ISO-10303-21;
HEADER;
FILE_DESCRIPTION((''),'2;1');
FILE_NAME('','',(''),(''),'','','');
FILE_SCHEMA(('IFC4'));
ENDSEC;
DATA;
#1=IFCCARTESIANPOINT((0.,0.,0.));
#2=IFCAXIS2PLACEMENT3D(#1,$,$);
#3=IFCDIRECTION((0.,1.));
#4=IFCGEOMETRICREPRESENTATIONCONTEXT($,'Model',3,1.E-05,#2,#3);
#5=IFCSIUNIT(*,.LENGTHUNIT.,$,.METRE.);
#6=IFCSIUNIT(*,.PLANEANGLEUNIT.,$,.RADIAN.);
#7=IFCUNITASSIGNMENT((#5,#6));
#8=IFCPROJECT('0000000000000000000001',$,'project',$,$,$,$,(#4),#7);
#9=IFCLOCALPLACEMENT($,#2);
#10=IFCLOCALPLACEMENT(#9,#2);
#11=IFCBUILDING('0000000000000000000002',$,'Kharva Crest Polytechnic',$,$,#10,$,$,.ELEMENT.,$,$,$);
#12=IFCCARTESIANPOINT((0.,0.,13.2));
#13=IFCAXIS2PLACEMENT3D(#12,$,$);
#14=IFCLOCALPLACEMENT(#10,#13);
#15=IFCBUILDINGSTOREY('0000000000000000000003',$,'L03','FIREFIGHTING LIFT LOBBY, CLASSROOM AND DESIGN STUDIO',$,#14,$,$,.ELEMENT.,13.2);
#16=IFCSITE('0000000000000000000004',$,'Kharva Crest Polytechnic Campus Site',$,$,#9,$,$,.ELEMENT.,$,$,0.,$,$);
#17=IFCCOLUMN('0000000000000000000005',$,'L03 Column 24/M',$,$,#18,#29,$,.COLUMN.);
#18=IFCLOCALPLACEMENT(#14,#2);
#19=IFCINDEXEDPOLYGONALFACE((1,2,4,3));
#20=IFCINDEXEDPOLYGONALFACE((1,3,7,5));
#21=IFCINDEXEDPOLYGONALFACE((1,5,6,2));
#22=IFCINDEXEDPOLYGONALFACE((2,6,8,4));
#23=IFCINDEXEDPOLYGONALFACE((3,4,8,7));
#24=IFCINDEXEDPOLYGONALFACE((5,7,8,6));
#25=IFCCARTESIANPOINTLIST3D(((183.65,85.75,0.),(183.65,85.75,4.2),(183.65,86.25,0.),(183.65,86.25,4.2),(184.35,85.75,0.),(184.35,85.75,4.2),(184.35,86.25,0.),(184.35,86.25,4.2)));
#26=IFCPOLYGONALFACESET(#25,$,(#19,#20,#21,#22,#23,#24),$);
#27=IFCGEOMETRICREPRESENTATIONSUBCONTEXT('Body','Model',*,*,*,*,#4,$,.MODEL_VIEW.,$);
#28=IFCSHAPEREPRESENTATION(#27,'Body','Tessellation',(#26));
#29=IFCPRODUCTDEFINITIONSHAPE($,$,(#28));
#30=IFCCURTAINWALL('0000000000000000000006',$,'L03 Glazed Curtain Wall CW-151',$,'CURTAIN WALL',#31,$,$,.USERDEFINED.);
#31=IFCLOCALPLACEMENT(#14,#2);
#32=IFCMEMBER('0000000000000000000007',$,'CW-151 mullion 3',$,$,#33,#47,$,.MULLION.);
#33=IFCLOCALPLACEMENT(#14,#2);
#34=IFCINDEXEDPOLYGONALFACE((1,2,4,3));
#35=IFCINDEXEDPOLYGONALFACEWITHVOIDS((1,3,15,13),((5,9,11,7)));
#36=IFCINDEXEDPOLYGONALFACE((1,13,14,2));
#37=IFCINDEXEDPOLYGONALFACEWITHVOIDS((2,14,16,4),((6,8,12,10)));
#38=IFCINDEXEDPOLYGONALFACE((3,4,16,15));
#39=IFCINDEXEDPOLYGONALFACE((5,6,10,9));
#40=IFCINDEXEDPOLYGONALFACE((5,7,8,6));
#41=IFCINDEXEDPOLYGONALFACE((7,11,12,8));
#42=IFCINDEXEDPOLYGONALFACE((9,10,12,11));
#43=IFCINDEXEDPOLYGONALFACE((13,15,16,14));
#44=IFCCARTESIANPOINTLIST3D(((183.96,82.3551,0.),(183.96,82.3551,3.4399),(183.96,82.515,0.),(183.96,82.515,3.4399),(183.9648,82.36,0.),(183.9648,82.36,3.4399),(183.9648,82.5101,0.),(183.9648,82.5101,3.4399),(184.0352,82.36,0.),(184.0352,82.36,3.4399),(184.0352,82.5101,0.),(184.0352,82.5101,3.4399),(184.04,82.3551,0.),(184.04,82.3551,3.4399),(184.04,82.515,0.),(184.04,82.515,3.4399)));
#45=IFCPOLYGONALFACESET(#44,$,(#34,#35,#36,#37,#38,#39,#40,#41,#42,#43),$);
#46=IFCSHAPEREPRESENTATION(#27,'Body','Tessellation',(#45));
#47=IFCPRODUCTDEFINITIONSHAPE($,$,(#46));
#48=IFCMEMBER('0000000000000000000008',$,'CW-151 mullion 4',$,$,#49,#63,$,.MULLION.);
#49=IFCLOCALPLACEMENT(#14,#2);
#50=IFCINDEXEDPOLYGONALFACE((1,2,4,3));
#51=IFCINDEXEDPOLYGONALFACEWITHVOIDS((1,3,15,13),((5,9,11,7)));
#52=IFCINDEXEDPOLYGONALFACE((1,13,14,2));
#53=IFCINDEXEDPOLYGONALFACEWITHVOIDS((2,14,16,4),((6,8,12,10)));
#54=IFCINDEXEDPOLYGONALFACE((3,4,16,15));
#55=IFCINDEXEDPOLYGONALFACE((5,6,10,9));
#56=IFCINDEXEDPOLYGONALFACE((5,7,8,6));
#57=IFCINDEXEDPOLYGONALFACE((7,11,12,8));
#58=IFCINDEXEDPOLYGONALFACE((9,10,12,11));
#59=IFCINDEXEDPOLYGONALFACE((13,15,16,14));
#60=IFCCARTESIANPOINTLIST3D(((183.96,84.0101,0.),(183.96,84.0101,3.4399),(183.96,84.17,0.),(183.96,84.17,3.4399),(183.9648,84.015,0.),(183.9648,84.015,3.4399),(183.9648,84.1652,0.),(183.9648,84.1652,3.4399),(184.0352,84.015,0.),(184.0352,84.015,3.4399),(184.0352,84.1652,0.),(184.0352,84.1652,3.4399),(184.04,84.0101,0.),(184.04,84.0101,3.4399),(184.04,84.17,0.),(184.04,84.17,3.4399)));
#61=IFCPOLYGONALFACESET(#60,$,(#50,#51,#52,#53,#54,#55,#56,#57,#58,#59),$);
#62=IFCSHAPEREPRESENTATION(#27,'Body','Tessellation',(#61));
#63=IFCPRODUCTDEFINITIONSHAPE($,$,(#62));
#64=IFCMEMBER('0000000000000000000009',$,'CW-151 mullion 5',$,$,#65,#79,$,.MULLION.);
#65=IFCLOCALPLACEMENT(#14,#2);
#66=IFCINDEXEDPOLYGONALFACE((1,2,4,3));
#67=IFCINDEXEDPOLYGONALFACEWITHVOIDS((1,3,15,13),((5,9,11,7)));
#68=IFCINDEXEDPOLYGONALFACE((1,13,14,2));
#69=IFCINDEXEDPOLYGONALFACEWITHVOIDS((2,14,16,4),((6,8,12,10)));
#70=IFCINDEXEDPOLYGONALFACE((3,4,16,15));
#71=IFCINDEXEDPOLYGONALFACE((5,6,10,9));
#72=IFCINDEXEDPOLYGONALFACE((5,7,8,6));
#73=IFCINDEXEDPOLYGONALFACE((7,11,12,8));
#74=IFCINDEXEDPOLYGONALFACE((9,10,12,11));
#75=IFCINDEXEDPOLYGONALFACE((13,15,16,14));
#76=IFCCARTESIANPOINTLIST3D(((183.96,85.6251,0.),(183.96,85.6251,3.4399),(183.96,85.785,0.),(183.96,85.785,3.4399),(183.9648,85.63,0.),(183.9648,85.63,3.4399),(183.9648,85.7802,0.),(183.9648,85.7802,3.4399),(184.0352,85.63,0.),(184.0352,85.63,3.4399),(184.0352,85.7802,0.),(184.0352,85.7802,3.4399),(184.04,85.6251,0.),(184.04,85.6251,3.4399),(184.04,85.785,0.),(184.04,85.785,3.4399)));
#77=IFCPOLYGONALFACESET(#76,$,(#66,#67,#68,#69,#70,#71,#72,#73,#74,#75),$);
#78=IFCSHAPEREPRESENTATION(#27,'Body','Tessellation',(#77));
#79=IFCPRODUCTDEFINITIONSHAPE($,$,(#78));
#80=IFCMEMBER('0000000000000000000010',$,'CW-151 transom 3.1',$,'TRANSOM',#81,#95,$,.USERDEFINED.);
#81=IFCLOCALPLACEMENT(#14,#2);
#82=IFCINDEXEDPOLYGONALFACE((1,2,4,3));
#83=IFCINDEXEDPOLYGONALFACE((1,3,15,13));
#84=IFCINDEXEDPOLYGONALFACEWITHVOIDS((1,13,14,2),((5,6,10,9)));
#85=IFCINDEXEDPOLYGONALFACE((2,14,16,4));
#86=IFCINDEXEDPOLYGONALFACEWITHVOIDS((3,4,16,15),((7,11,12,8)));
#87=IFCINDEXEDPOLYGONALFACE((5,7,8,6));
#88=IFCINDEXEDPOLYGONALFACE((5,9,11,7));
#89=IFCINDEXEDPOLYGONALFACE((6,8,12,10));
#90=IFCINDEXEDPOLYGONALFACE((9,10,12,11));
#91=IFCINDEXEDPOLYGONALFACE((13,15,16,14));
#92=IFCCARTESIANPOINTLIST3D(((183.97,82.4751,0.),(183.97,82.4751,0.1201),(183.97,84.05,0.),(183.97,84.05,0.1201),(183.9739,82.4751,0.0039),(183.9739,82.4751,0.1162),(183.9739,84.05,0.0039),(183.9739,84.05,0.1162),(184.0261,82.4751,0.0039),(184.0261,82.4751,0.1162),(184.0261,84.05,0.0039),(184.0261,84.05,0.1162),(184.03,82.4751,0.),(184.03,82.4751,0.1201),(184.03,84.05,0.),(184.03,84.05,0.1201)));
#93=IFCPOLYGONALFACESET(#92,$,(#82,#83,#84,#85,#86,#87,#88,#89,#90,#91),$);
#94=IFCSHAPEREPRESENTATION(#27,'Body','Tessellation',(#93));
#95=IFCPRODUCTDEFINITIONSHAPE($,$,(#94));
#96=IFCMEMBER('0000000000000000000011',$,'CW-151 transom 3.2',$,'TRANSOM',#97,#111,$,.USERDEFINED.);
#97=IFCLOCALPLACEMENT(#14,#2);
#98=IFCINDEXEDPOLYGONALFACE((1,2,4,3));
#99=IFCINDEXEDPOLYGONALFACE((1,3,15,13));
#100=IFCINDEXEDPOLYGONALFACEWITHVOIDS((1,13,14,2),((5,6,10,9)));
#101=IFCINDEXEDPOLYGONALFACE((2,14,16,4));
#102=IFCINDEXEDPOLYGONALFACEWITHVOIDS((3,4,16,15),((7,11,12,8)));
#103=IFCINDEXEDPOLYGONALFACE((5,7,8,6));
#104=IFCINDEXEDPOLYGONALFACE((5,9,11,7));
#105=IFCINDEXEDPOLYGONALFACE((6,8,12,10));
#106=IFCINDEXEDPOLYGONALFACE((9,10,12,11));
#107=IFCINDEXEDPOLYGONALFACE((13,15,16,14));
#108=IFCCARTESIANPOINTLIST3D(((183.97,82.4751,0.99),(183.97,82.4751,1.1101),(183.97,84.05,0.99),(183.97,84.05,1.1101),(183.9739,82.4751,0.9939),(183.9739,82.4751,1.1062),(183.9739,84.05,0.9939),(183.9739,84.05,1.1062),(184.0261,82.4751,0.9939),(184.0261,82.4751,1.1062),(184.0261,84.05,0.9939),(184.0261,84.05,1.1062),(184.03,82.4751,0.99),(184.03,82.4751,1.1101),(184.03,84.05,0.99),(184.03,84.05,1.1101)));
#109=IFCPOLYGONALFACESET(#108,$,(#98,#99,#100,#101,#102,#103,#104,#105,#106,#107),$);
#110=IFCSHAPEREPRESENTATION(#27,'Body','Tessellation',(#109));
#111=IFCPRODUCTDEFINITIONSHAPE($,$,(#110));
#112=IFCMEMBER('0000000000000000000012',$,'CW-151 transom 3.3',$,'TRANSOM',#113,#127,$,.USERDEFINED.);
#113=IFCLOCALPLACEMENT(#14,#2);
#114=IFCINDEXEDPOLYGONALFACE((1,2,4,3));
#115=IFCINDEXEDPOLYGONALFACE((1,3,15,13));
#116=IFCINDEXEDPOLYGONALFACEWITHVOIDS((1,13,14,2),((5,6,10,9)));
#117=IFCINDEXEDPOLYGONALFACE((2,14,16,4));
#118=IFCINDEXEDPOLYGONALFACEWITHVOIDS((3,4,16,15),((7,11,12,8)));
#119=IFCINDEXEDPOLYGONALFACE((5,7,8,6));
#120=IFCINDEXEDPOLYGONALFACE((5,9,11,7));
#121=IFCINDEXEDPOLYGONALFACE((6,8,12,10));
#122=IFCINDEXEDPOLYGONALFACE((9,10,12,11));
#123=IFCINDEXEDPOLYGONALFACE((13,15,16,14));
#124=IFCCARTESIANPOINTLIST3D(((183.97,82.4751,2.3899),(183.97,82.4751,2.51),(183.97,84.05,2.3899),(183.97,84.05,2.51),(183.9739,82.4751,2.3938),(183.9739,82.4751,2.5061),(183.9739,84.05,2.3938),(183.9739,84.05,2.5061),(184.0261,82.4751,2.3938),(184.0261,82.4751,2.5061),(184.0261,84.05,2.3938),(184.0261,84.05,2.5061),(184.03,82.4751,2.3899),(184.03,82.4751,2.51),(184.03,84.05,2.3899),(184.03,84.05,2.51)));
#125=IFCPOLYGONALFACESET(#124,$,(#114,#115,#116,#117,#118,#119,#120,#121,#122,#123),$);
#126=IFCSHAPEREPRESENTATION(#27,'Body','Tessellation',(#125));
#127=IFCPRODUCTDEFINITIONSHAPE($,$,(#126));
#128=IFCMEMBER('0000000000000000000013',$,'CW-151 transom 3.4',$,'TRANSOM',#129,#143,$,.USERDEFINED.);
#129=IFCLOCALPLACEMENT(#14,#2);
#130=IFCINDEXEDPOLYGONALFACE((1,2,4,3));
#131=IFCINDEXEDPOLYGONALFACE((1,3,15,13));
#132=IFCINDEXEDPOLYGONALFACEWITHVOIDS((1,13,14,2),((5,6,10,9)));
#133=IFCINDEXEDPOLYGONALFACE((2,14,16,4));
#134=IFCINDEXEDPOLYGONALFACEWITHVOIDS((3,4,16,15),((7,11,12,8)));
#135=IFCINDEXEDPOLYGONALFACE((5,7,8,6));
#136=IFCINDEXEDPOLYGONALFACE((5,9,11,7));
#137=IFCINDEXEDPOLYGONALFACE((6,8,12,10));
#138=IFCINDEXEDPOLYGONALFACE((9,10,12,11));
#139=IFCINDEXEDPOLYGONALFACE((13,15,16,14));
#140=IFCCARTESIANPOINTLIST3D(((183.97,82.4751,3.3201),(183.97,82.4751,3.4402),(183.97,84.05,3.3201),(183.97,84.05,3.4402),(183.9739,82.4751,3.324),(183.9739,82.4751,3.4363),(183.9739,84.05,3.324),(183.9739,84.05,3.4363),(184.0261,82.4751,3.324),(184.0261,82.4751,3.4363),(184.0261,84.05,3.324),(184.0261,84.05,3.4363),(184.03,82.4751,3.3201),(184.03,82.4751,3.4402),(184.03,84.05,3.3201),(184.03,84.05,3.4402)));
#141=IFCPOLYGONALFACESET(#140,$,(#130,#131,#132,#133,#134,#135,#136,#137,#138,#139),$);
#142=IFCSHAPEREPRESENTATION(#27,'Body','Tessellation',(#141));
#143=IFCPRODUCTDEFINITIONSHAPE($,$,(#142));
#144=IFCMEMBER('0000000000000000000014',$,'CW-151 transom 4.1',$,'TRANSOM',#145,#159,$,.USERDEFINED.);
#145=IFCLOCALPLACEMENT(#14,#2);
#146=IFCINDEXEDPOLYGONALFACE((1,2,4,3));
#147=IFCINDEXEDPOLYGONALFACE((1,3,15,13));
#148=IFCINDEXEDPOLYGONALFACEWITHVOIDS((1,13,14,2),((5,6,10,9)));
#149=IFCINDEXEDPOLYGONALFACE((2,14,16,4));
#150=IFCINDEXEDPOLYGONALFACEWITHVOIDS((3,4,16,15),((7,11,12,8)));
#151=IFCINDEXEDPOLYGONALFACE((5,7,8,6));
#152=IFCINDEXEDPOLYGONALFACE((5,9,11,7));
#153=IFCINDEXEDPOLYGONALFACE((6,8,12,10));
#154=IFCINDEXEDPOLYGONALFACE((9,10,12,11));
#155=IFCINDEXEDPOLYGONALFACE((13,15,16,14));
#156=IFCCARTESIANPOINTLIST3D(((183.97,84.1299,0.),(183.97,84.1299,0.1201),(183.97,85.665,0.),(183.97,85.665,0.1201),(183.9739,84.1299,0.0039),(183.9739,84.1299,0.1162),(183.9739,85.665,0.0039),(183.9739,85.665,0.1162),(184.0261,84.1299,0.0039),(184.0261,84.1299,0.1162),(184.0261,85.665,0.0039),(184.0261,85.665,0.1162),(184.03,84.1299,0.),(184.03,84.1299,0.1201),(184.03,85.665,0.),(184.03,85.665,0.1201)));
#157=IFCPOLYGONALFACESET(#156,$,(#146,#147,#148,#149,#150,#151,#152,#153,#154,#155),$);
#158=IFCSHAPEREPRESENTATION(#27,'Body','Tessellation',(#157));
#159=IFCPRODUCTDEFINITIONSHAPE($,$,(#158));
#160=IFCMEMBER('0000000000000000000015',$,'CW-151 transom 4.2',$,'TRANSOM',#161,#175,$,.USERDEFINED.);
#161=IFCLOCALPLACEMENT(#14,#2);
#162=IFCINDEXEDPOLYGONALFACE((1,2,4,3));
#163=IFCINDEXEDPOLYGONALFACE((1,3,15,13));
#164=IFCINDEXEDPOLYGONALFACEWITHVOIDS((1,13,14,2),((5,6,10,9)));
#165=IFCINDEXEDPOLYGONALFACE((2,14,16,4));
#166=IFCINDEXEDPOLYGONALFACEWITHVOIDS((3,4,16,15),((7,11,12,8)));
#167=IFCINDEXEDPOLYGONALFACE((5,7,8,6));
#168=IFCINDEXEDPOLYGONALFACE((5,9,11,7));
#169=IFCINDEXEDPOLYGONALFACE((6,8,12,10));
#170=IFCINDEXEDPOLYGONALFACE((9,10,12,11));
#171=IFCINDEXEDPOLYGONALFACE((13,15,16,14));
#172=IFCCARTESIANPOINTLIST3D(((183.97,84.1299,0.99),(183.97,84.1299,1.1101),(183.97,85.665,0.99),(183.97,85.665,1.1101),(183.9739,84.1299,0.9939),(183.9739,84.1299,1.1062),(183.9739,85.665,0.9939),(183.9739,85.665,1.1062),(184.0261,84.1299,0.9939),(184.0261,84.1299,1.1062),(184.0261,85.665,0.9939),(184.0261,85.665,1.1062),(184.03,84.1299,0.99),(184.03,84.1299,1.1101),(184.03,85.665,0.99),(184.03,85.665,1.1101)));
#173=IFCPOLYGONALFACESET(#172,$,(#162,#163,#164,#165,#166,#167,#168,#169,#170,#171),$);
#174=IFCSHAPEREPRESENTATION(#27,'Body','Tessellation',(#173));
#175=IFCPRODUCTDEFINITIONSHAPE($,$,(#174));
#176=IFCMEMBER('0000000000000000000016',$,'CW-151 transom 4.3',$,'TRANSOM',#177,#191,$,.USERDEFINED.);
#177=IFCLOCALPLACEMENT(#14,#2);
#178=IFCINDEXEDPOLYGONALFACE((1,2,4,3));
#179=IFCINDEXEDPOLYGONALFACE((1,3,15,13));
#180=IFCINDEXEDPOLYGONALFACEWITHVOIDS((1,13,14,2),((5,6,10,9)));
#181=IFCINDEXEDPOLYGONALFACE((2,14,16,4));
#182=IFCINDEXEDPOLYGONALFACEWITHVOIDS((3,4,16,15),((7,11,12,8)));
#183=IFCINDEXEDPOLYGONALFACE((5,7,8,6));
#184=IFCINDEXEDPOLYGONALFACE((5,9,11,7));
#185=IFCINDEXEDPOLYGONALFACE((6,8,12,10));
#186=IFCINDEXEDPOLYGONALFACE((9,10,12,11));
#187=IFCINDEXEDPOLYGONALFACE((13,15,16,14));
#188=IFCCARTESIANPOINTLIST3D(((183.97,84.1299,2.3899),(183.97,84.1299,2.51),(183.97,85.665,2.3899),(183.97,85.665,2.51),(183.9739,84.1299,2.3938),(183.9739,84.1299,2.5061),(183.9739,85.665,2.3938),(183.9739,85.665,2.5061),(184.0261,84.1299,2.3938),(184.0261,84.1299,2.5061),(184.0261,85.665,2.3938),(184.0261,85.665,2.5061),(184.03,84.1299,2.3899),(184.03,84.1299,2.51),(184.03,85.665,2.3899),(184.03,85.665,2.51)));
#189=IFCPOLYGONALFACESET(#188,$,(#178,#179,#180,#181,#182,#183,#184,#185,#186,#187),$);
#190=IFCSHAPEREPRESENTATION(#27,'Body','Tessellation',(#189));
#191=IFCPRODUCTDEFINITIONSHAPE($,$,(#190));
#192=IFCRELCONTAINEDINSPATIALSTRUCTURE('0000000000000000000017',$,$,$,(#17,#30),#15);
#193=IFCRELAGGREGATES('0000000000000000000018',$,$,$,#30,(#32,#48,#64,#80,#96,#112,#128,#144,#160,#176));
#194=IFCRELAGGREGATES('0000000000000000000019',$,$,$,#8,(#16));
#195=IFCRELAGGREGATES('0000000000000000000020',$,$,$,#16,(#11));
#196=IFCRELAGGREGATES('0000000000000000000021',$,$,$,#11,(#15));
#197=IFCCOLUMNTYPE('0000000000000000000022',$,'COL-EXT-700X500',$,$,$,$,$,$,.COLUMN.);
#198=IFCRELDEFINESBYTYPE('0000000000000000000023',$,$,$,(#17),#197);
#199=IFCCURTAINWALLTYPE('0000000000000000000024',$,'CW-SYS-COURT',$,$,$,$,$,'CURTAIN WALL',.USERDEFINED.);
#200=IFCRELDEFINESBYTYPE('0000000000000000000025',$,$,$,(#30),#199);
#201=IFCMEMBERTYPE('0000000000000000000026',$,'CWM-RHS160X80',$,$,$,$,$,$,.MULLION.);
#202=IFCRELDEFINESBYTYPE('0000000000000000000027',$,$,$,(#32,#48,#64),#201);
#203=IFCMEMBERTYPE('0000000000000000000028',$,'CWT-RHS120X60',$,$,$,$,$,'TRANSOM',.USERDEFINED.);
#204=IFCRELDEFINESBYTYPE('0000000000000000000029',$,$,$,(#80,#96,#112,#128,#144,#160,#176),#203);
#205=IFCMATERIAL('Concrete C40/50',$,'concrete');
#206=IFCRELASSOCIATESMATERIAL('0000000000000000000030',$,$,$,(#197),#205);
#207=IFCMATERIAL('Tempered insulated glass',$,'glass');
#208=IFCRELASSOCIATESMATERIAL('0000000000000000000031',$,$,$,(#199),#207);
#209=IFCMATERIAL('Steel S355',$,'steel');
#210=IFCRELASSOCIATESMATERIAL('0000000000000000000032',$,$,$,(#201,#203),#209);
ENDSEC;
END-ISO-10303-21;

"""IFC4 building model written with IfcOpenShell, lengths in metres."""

from ifc_helpers import new_model, si_unit, direction, frame, origin, origin_2d, place, context, subcontext, project, spatial, rectangle, hollow_rectangle, extrude, material, material_profile, profile_set, type_object, element, aggregate, save


model = new_model("IFC4")

# Units and contexts
model_context = context("Model", 3, precision=1e-05, world=origin(), true_north=direction((0.0, 1.0)))
body_context = subcontext(model_context, "Body", "Model", "MODEL_VIEW")
ifc_project = project(units=[si_unit("LENGTHUNIT", "METRE"), si_unit("PLANEANGLEUNIT", "RADIAN")], contexts=[model_context])

# Site, building, storey
site_placement = place(None, origin())
site = spatial("IfcSite", under=ifc_project, at=site_placement, Name="Kharva Crest Polytechnic Campus Site", CompositionType="ELEMENT", RefElevation=0.0)
building_placement = place(site_placement, origin())
building = spatial("IfcBuilding", under=site, at=building_placement, Name="Kharva Crest Polytechnic", CompositionType="ELEMENT")
storey_placement = place(building_placement, frame((0.0, 0.0, 13.2)))
storey = spatial("IfcBuildingStorey", under=building, at=storey_placement, Name="L03", Description="FIREFIGHTING LIFT LOBBY, CLASSROOM AND DESIGN STUDIO", CompositionType="ELEMENT", Elevation=13.2)

# Column
ifc_material_1 = material(Name="Concrete C40/50", Category="concrete")
ifc_material_profile_1 = material_profile(ifc_material_1, rectangle(XDim=0.7, YDim=0.5, at=origin_2d()), Name="RECT 700 X 500")
ifc_profile_set_1 = profile_set([ifc_material_profile_1], Name="Concrete C40/50")
column_type = type_object("IfcColumnType", Name="COL-EXT-700X500", PredefinedType="COLUMN", material=ifc_profile_set_1)
column_placement = place(storey_placement, frame((184.0, 86.0, 0.0), z_axis=(0.0, 0.0, 1.0), x_axis=(1.0, 0.0, 0.0)))
element("IfcColumn", 1, at=column_placement, inside=storey, type_object=column_type, Name="L03 Column 24/M", PredefinedType="COLUMN", context=body_context, shape_type="SweptSolid", body=[
    extrude(rectangle(XDim=0.7, YDim=0.5, at=origin_2d()), origin(), (0.0, 0.0, 1.0), 4.2),
])

# Curtain wall, members
ifc_material_2 = material(Name="Tempered insulated glass", Category="glass")
curtain_wall_type = type_object("IfcCurtainWallType", Name="CW-SYS-COURT", ElementType="CURTAIN WALL", PredefinedType="USERDEFINED", material=ifc_material_2)
curtain_wall_placement = place(storey_placement, origin())
curtain_wall = element("IfcCurtainWall", 2, at=curtain_wall_placement, inside=storey, type_object=curtain_wall_type, Name="L03 Glazed Curtain Wall CW-151", ObjectType="CURTAIN WALL", PredefinedType="USERDEFINED")
ifc_material_3 = material(Name="Steel S355", Category="steel")
ifc_material_profile_2 = material_profile(ifc_material_3, hollow_rectangle(XDim=0.0801, YDim=0.1599, WallThickness=0.0049, at=origin_2d()), Name="RHS 160X80X5.0")
ifc_profile_set_2 = profile_set([ifc_material_profile_2], Name="Steel S355")
member_type_1 = type_object("IfcMemberType", Name="CWM-RHS160X80", PredefinedType="MULLION", material=ifc_profile_set_2)
member_1_placement = place(storey_placement, frame((184.0, 82.4351, 0.0), z_axis=(0.0, 0.0, 1.0), x_axis=(-1.0, 0.0, 0.0)))
member_1 = element("IfcMember", 3, at=member_1_placement, type_object=member_type_1, Name="CW-151 mullion 3", PredefinedType="MULLION", context=body_context, shape_type="SweptSolid", body=[
    extrude(hollow_rectangle(XDim=0.0801, YDim=0.1599, WallThickness=0.0049, at=origin_2d()), origin(), (0.0, 0.0, 1.0), 3.4399),
])
member_2_placement = place(storey_placement, frame((184.0, 84.0901, 0.0), z_axis=(0.0, 0.0, 1.0), x_axis=(-1.0, 0.0, 0.0)))
member_2 = element("IfcMember", 4, at=member_2_placement, type_object=member_type_1, Name="CW-151 mullion 4", PredefinedType="MULLION", context=body_context, shape_type="SweptSolid", body=[
    extrude(hollow_rectangle(XDim=0.0801, YDim=0.1599, WallThickness=0.0049, at=origin_2d()), origin(), (0.0, 0.0, 1.0), 3.4399),
])
member_3_placement = place(storey_placement, frame((184.0, 85.7051, 0.0), z_axis=(0.0, 0.0, 1.0), x_axis=(-1.0, 0.0, 0.0)))
member_3 = element("IfcMember", 5, at=member_3_placement, type_object=member_type_1, Name="CW-151 mullion 5", PredefinedType="MULLION", context=body_context, shape_type="SweptSolid", body=[
    extrude(hollow_rectangle(XDim=0.0801, YDim=0.1599, WallThickness=0.0049, at=origin_2d()), origin(), (0.0, 0.0, 1.0), 3.4399),
])
ifc_material_profile_3 = material_profile(ifc_material_3, hollow_rectangle(XDim=0.0601, YDim=0.1201, WallThickness=0.0039, at=origin_2d()), Name="RHS 120X60X4.0")
ifc_profile_set_3 = profile_set([ifc_material_profile_3], Name="Steel S355")
member_type_2 = type_object("IfcMemberType", Name="CWT-RHS120X60", ElementType="TRANSOM", PredefinedType="USERDEFINED", material=ifc_profile_set_3)
member_4_placement = place(storey_placement, frame((184.0, 82.4751, 0.0601), z_axis=(0.0, 1.0, 0.0), x_axis=(-1.0, 0.0, 0.0)))
member_4 = element("IfcMember", 6, at=member_4_placement, type_object=member_type_2, Name="CW-151 transom 3.1", ObjectType="TRANSOM", PredefinedType="USERDEFINED", context=body_context, shape_type="SweptSolid", body=[
    extrude(hollow_rectangle(XDim=0.0601, YDim=0.1201, WallThickness=0.0039, at=origin_2d()), origin(), (0.0, 0.0, 1.0), 1.575),
])
member_5_placement = place(storey_placement, frame((184.0, 82.4751, 1.05), z_axis=(0.0, 1.0, 0.0), x_axis=(-1.0, 0.0, 0.0)))
member_5 = element("IfcMember", 7, at=member_5_placement, type_object=member_type_2, Name="CW-151 transom 3.2", ObjectType="TRANSOM", PredefinedType="USERDEFINED", context=body_context, shape_type="SweptSolid", body=[
    extrude(hollow_rectangle(XDim=0.0601, YDim=0.1201, WallThickness=0.0039, at=origin_2d()), origin(), (0.0, 0.0, 1.0), 1.575),
])
member_6_placement = place(storey_placement, frame((184.0, 82.4751, 2.45), z_axis=(0.0, 1.0, 0.0), x_axis=(-1.0, 0.0, 0.0)))
member_6 = element("IfcMember", 8, at=member_6_placement, type_object=member_type_2, Name="CW-151 transom 3.3", ObjectType="TRANSOM", PredefinedType="USERDEFINED", context=body_context, shape_type="SweptSolid", body=[
    extrude(hollow_rectangle(XDim=0.0601, YDim=0.1201, WallThickness=0.0039, at=origin_2d()), origin(), (0.0, 0.0, 1.0), 1.575),
])
member_7_placement = place(storey_placement, frame((184.0, 82.4751, 3.3801), z_axis=(0.0, 1.0, 0.0), x_axis=(-1.0, 0.0, 0.0)))
member_7 = element("IfcMember", 9, at=member_7_placement, type_object=member_type_2, Name="CW-151 transom 3.4", ObjectType="TRANSOM", PredefinedType="USERDEFINED", context=body_context, shape_type="SweptSolid", body=[
    extrude(hollow_rectangle(XDim=0.0601, YDim=0.1201, WallThickness=0.0039, at=origin_2d()), origin(), (0.0, 0.0, 1.0), 1.575),
])
member_8_placement = place(storey_placement, frame((184.0, 84.1299, 0.0601), z_axis=(0.0, 1.0, 0.0), x_axis=(-1.0, 0.0, 0.0)))
member_8 = element("IfcMember", 10, at=member_8_placement, type_object=member_type_2, Name="CW-151 transom 4.1", ObjectType="TRANSOM", PredefinedType="USERDEFINED", context=body_context, shape_type="SweptSolid", body=[
    extrude(hollow_rectangle(XDim=0.0601, YDim=0.1201, WallThickness=0.0039, at=origin_2d()), origin(), (0.0, 0.0, 1.0), 1.5352),
])
member_9_placement = place(storey_placement, frame((184.0, 84.1299, 1.05), z_axis=(0.0, 1.0, 0.0), x_axis=(-1.0, 0.0, 0.0)))
member_9 = element("IfcMember", 11, at=member_9_placement, type_object=member_type_2, Name="CW-151 transom 4.2", ObjectType="TRANSOM", PredefinedType="USERDEFINED", context=body_context, shape_type="SweptSolid", body=[
    extrude(hollow_rectangle(XDim=0.0601, YDim=0.1201, WallThickness=0.0039, at=origin_2d()), origin(), (0.0, 0.0, 1.0), 1.5352),
])
member_10_placement = place(storey_placement, frame((184.0, 84.1299, 2.45), z_axis=(0.0, 1.0, 0.0), x_axis=(-1.0, 0.0, 0.0)))
member_10 = element("IfcMember", 12, at=member_10_placement, type_object=member_type_2, Name="CW-151 transom 4.3", ObjectType="TRANSOM", PredefinedType="USERDEFINED", context=body_context, shape_type="SweptSolid", body=[
    extrude(hollow_rectangle(XDim=0.0601, YDim=0.1201, WallThickness=0.0039, at=origin_2d()), origin(), (0.0, 0.0, 1.0), 1.5352),
])

aggregate(curtain_wall, [member_1, member_2, member_3, member_4, member_5, member_6, member_7, member_8, member_9, member_10])

save(model, "model.ifc")
